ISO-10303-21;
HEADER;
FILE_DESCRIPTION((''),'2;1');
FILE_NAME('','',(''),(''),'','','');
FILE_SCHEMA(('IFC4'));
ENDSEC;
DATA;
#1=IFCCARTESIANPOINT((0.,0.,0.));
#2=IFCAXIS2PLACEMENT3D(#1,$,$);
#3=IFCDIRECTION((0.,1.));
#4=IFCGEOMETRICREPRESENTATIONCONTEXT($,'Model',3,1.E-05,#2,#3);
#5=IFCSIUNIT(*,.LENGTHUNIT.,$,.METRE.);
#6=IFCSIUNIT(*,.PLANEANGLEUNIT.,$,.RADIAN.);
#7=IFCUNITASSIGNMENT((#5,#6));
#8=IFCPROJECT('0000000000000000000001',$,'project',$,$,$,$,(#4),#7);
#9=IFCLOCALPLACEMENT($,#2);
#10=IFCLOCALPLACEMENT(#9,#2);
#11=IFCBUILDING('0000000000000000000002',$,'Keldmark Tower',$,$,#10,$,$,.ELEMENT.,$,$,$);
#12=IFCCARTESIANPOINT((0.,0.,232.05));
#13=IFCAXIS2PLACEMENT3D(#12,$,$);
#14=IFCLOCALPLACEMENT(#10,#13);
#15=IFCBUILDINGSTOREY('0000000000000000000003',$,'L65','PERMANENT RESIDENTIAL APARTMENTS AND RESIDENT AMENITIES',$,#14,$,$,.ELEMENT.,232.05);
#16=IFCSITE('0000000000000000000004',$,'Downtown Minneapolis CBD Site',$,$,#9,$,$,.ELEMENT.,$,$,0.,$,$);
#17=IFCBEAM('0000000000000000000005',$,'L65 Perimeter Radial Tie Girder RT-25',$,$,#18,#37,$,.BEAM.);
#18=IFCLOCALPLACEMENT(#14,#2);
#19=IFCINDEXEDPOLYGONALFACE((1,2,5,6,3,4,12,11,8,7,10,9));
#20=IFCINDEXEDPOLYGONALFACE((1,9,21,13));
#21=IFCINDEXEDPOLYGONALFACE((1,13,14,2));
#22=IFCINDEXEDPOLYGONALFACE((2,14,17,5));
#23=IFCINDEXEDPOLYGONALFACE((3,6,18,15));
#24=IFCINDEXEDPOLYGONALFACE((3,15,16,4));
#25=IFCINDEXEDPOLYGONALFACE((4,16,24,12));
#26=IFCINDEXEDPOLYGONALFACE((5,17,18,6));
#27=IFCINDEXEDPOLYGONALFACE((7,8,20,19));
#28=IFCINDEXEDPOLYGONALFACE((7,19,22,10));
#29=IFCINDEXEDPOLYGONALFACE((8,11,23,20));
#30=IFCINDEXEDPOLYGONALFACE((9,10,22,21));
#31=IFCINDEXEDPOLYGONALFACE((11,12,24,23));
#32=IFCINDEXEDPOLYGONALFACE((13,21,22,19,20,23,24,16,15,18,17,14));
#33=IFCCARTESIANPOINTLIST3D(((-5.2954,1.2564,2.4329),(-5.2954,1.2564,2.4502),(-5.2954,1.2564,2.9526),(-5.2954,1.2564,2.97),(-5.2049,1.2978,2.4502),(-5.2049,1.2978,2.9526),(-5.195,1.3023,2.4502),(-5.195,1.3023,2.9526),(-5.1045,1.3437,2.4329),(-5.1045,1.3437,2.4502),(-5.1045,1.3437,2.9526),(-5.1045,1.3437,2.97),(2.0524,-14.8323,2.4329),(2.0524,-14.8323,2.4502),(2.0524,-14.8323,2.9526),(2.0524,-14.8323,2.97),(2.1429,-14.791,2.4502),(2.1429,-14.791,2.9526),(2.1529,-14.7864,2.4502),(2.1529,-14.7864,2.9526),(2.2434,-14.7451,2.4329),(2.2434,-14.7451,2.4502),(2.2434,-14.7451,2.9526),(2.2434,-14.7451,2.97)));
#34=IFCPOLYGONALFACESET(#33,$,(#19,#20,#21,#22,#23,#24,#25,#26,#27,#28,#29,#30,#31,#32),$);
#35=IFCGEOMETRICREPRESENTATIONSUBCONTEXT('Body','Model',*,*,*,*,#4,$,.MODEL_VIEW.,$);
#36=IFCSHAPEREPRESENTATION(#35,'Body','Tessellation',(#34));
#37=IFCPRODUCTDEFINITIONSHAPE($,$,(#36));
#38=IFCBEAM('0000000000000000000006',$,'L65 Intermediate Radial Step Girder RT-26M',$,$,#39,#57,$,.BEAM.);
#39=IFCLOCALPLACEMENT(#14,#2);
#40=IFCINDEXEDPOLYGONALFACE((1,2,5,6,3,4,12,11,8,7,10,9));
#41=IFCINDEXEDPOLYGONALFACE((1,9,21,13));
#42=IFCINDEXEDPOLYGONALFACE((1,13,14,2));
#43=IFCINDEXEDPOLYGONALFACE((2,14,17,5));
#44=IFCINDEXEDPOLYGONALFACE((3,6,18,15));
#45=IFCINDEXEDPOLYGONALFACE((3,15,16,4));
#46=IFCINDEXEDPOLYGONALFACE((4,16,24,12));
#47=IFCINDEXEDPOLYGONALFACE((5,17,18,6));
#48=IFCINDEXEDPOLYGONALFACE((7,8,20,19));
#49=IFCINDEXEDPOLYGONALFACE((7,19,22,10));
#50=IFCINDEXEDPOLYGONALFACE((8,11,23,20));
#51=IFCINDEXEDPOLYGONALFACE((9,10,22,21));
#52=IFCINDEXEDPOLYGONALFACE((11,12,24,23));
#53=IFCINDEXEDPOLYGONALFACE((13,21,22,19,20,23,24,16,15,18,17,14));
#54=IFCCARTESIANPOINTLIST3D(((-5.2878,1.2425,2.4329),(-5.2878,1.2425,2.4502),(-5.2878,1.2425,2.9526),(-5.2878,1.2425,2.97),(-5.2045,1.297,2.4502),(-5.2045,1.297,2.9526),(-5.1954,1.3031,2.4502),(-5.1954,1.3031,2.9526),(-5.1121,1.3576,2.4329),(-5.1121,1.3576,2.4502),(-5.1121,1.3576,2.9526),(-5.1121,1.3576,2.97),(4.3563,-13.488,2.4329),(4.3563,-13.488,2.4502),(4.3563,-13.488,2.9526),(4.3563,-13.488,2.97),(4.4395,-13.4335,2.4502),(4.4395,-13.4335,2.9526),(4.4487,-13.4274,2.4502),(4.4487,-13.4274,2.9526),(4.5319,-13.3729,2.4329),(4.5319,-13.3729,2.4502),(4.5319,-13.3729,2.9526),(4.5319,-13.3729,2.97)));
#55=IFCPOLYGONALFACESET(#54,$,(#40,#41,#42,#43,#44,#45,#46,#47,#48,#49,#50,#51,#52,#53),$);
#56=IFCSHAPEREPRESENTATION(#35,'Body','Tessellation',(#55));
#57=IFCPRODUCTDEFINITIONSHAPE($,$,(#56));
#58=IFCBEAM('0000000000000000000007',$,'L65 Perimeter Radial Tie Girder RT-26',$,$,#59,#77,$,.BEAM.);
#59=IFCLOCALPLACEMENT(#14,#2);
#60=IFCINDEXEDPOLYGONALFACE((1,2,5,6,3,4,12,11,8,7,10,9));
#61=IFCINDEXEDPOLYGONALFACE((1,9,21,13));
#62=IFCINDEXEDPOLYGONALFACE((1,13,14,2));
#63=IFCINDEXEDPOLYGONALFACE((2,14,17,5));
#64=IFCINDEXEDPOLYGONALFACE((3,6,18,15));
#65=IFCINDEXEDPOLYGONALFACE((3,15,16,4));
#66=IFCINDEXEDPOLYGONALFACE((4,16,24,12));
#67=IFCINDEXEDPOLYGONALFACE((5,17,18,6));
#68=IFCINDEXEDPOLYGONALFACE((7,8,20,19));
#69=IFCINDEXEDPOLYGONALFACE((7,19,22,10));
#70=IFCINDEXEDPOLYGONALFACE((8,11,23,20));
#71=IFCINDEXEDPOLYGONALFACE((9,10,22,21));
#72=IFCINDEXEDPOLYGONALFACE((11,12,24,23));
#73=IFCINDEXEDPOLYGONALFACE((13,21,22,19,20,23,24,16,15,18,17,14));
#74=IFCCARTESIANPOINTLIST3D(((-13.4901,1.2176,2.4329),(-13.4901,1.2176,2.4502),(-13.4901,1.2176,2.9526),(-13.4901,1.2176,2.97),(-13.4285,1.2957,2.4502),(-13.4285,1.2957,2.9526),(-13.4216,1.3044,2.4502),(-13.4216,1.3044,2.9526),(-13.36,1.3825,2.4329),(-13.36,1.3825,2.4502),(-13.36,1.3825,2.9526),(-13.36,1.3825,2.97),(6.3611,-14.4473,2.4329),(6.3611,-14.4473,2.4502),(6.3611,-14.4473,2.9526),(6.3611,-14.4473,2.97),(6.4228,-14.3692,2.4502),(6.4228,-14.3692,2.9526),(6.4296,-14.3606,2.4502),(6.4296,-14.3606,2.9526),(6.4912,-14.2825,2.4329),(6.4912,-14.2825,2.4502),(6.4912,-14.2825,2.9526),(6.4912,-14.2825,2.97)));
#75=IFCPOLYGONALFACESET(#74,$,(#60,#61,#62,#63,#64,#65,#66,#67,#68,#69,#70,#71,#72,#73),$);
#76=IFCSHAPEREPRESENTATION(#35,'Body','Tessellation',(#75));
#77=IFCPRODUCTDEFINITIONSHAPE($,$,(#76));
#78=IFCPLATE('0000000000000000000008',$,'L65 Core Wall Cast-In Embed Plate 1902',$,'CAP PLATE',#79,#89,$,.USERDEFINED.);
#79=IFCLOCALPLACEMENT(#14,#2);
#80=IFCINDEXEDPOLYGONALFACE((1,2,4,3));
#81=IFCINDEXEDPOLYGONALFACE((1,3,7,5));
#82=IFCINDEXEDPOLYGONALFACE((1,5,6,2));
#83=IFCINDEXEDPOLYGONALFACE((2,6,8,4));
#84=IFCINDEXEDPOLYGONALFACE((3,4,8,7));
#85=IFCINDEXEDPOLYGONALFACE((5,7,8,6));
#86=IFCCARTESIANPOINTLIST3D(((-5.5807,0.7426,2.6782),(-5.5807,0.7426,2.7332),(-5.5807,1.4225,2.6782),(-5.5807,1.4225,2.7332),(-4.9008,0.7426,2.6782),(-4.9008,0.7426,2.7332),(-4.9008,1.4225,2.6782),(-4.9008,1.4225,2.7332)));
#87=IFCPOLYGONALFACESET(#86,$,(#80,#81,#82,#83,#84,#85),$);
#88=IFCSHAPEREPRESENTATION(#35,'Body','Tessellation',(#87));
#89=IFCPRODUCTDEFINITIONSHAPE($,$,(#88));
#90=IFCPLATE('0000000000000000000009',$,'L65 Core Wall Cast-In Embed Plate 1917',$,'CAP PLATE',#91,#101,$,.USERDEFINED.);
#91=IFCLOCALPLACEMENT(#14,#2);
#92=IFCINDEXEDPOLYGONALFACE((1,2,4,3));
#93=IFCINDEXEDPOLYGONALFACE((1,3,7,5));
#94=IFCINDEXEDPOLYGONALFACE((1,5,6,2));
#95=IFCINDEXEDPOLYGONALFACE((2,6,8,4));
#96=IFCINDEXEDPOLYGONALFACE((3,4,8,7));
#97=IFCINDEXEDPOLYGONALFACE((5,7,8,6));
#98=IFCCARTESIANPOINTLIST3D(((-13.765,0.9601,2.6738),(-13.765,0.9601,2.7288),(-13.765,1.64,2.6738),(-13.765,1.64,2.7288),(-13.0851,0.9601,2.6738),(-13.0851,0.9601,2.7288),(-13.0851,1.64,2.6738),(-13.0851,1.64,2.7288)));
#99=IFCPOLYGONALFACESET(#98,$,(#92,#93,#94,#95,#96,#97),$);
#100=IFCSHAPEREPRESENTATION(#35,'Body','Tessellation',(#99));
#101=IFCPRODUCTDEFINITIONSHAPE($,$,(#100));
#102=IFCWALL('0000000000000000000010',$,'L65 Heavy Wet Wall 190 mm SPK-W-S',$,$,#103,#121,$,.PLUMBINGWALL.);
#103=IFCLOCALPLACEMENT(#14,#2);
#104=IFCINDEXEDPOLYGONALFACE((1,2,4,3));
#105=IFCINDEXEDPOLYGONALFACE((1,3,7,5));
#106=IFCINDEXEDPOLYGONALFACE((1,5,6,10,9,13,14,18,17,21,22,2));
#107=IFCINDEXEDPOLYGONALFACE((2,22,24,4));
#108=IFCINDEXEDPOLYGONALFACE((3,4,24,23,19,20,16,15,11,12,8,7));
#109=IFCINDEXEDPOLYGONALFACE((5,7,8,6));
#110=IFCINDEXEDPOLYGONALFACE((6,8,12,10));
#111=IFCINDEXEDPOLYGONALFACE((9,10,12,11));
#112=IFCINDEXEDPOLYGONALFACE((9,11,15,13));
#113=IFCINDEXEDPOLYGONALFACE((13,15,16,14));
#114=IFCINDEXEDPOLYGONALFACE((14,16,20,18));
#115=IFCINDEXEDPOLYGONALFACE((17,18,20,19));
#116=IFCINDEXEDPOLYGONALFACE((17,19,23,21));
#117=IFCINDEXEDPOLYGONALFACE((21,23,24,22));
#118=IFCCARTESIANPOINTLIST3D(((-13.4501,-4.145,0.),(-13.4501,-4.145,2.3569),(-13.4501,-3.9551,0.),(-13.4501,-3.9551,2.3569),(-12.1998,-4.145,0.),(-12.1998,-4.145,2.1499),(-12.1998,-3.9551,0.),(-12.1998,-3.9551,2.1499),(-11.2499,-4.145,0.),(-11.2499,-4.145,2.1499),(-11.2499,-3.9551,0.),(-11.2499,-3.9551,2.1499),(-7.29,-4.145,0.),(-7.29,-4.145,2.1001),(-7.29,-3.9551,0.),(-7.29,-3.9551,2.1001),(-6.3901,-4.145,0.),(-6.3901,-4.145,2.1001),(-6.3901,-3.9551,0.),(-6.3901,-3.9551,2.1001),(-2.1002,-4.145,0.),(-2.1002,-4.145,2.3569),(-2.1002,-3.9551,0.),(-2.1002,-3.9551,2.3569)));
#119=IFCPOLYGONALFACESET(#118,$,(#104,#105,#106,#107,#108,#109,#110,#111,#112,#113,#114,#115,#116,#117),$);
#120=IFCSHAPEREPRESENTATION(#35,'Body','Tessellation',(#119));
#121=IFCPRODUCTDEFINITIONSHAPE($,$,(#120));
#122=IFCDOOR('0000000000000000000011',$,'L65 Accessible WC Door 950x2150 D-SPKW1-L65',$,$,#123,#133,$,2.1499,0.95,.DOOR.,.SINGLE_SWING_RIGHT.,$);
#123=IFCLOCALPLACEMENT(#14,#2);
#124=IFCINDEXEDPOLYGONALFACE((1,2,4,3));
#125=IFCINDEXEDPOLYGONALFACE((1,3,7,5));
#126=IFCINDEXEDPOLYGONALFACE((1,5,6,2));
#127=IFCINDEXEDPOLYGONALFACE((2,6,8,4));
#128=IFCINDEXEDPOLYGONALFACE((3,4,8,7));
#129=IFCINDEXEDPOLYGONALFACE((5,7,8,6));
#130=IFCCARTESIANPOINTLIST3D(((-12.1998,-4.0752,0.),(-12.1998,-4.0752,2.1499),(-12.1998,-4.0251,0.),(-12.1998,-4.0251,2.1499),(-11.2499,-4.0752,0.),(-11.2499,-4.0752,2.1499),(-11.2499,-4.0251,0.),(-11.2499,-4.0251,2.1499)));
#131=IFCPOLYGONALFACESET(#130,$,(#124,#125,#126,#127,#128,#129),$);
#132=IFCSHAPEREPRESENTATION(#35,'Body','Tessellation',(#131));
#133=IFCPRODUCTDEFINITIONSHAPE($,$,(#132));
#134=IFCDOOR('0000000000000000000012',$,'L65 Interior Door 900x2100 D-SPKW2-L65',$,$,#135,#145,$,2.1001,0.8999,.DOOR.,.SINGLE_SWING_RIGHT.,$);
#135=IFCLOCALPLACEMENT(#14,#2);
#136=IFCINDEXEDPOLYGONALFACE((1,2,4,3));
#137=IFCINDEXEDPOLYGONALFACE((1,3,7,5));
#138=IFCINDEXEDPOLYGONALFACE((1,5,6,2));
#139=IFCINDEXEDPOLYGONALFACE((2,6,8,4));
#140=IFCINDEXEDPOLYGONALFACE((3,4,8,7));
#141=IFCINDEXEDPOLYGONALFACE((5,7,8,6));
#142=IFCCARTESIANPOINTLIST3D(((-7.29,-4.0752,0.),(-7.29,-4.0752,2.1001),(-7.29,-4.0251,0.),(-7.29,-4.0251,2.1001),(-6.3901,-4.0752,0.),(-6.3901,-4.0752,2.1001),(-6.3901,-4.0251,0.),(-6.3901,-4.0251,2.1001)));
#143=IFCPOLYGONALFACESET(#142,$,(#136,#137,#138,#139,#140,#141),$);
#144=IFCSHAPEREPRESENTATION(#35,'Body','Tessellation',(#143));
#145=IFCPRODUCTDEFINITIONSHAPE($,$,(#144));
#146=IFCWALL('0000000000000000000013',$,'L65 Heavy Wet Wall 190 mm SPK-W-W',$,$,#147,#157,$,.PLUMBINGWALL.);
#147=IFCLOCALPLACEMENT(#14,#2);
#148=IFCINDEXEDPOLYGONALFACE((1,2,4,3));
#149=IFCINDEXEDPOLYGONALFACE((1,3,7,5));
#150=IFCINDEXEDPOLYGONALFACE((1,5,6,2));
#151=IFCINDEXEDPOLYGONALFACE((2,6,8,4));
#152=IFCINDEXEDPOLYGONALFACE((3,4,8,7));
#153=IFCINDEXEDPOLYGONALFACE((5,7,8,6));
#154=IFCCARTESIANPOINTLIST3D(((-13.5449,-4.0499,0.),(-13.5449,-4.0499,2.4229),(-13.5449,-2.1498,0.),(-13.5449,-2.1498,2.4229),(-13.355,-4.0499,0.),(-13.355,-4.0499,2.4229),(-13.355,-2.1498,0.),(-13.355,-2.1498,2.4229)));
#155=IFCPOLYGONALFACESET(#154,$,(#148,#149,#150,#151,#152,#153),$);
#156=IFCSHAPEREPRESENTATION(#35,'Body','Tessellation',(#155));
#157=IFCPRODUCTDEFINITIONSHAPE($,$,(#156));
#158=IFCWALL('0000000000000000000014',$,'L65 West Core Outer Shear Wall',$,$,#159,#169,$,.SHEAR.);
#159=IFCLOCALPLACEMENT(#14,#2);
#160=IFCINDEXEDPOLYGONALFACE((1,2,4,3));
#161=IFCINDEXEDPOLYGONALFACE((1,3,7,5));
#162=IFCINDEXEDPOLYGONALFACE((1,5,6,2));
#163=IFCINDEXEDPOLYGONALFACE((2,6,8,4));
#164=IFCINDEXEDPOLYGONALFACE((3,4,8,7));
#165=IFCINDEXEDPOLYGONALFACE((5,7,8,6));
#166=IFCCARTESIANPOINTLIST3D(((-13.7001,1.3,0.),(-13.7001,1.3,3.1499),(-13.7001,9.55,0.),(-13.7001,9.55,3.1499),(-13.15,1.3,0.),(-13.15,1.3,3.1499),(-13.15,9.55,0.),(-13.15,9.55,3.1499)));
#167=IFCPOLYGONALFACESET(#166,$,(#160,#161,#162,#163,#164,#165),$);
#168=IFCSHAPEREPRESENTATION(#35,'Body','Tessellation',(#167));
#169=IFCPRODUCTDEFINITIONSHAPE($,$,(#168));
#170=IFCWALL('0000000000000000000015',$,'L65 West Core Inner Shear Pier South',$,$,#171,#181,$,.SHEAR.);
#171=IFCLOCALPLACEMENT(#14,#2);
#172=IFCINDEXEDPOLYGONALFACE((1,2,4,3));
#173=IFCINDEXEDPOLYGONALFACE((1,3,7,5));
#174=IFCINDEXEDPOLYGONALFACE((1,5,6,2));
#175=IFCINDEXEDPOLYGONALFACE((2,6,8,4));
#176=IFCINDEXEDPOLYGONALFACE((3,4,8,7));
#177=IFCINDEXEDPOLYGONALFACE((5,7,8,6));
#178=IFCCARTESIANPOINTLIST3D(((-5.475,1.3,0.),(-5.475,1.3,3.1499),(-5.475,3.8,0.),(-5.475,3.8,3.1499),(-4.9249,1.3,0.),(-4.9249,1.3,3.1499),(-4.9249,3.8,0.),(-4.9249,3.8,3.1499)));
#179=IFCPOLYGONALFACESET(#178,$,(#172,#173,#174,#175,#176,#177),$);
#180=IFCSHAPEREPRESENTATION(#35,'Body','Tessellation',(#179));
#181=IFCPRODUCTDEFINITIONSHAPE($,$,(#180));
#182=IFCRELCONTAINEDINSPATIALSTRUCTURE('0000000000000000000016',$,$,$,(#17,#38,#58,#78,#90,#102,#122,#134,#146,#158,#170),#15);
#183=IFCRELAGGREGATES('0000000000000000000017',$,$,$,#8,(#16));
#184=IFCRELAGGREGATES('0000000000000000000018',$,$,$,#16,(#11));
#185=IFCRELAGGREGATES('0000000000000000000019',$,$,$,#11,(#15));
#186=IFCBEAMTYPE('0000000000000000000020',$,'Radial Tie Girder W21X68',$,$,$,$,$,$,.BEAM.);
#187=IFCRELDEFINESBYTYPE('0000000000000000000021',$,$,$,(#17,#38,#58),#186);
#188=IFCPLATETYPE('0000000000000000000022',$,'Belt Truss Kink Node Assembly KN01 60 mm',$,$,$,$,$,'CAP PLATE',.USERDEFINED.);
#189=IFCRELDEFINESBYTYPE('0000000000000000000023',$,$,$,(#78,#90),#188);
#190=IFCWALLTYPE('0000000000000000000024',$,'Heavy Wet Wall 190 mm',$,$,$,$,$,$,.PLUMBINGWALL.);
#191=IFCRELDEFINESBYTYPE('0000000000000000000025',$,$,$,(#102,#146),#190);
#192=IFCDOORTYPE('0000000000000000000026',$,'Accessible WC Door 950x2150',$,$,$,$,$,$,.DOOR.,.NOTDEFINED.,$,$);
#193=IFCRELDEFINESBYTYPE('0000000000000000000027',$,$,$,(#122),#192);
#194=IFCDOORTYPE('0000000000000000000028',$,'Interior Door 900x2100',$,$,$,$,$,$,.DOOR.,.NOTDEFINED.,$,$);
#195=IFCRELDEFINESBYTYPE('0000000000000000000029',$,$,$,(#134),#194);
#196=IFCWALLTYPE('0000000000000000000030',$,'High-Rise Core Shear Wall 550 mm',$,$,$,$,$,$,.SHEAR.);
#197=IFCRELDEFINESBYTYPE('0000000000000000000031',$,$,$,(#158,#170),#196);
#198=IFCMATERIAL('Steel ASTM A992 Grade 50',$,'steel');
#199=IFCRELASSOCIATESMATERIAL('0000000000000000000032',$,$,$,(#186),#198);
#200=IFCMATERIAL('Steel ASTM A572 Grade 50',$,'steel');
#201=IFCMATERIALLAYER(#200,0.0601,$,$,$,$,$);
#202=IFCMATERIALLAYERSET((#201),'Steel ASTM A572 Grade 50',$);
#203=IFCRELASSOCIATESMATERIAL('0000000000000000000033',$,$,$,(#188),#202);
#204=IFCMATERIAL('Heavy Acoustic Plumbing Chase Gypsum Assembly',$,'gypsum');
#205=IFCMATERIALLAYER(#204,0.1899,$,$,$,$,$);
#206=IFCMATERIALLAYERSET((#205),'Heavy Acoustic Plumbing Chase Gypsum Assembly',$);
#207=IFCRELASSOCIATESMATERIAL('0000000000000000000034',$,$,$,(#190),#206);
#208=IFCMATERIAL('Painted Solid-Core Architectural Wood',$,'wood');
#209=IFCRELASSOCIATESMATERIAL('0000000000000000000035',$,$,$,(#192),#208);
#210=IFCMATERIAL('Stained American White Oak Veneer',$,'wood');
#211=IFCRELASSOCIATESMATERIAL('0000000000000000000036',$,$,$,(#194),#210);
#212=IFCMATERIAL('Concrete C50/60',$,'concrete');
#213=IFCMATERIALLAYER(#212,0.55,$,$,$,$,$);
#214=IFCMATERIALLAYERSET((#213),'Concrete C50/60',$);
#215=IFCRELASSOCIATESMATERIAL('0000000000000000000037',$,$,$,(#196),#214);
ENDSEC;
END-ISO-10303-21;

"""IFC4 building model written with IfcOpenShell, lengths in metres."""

from ifc_helpers import new_model, si_unit, direction, frame, frame_2d, origin, origin_2d, place, context, subcontext, project, spatial, rectangle, i_section, extrude, material, layer, layer_set, material_profile, profile_set, type_object, element, fill, save


model = new_model("IFC4")

# Units and contexts
model_context = context("Model", 3, precision=1e-05, world=origin(), true_north=direction((0.0, 1.0)))
body_context = subcontext(model_context, "Body", "Model", "MODEL_VIEW")
ifc_project = project(units=[si_unit("LENGTHUNIT", "METRE"), si_unit("PLANEANGLEUNIT", "RADIAN")], contexts=[model_context])

# Site, building, storey
site_placement = place(None, origin())
site = spatial("IfcSite", under=ifc_project, at=site_placement, Name="Downtown Minneapolis CBD Site", CompositionType="ELEMENT", RefElevation=0.0)
building_placement = place(site_placement, origin())
building = spatial("IfcBuilding", under=site, at=building_placement, Name="Keldmark Tower", CompositionType="ELEMENT")
storey_placement = place(building_placement, frame((0.0, 0.0, 232.05)))
storey = spatial("IfcBuildingStorey", under=building, at=storey_placement, Name="L65", Description="PERMANENT RESIDENTIAL APARTMENTS AND RESIDENT AMENITIES", CompositionType="ELEMENT", Elevation=232.05)

# Beams
ifc_material_1 = material(Name="Steel ASTM A992 Grade 50", Category="steel")
ifc_material_profile_1 = material_profile(ifc_material_1, i_section(OverallWidth=0.21, OverallDepth=0.5371, WebThickness=0.011, FlangeThickness=0.0173, at=origin_2d()), Name="W21X68")
ifc_profile_set_1 = profile_set([ifc_material_profile_1], Name="Steel ASTM A992 Grade 50")
beam_type_1 = type_object("IfcBeamType", Name="Radial Tie Girder W21X68", PredefinedType="BEAM", material=ifc_profile_set_1)
beam_1_placement = place(storey_placement, frame((-5.2, 1.3, 2.7014), z_axis=(0.415432, -0.909624, 0.0), x_axis=(0.909624, 0.415432, 0.0)))
element("IfcBeam", 1, at=beam_1_placement, inside=storey, type_object=beam_type_1, Name="L65 Perimeter Radial Tie Girder RT-25", PredefinedType="BEAM", context=body_context, shape_type="SweptSolid", body=[
    extrude(i_section(OverallWidth=0.21, OverallDepth=0.5371, WebThickness=0.011, FlangeThickness=0.0173, at=origin_2d()), origin(), (0.0, 0.0, 1.0), 17.6873),
])
beam_2_placement = place(storey_placement, frame((-5.2, 1.3, 2.7014), z_axis=(0.54775, -0.836642, 0.0), x_axis=(0.836642, 0.54775, 0.0)))
element("IfcBeam", 2, at=beam_2_placement, inside=storey, type_object=beam_type_1, Name="L65 Intermediate Radial Step Girder RT-26M", PredefinedType="BEAM", context=body_context, shape_type="SweptSolid", body=[
    extrude(i_section(OverallWidth=0.21, OverallDepth=0.5371, WebThickness=0.011, FlangeThickness=0.0173, at=origin_2d()), origin(), (0.0, 0.0, 1.0), 17.6067),
])
beam_3_placement = place(storey_placement, frame((-13.425, 1.3, 2.7014), z_axis=(0.785018, -0.619472, 0.0), x_axis=(0.619472, 0.785018, 0.0)))
element("IfcBeam", 3, at=beam_3_placement, inside=storey, type_object=beam_type_1, Name="L65 Perimeter Radial Tie Girder RT-26", PredefinedType="BEAM", context=body_context, shape_type="SweptSolid", body=[
    extrude(i_section(OverallWidth=0.21, OverallDepth=0.5371, WebThickness=0.011, FlangeThickness=0.0173, at=origin_2d()), origin(), (0.0, 0.0, 1.0), 25.2876),
])

# Plates
ifc_material_2 = material(Name="Steel ASTM A572 Grade 50", Category="steel")
ifc_layer_1 = layer(ifc_material_2, 0.0601)
ifc_layer_set_1 = layer_set([ifc_layer_1], Name="Steel ASTM A572 Grade 50")
plate_type = type_object("IfcPlateType", Name="Belt Truss Kink Node Assembly KN01 60 mm", ElementType="CAP PLATE", PredefinedType="USERDEFINED", material=ifc_layer_set_1)
for number, where, z_axis, x_axis, name in (
    (4, (-5.2407, 1.0825, 2.6782), (0.0, 0.0, 1.0), (1.0, 0.0, 0.0), "L65 Core Wall Cast-In Embed Plate 1902"),
    (5, (-13.425, 1.3, 2.6738), (0.0, 0.0, 1.0), (1.0, 0.0, 0.0), "L65 Core Wall Cast-In Embed Plate 1917"),
):
    element("IfcPlate", number, at=place(storey_placement, frame(where, z_axis=z_axis, x_axis=x_axis)), inside=storey, type_object=plate_type, Name=name, ObjectType="CAP PLATE", PredefinedType="USERDEFINED", context=body_context, shape_type="SweptSolid", body=[
        extrude(rectangle(XDim=0.6799, YDim=0.6799, at=origin_2d()), origin(), (0.0, 0.0, 1.0), 0.0549),
    ])

# Wall, openings, doors
ifc_material_3 = material(Name="Heavy Acoustic Plumbing Chase Gypsum Assembly", Category="gypsum")
ifc_layer_2 = layer(ifc_material_3, 0.1899)
ifc_layer_set_2 = layer_set([ifc_layer_2], Name="Heavy Acoustic Plumbing Chase Gypsum Assembly")
wall_type_1 = type_object("IfcWallType", Name="Heavy Wet Wall 190 mm", PredefinedType="PLUMBINGWALL", material=ifc_layer_set_2)
wall_1_placement = place(storey_placement, frame((-13.45, -4.05, 0.0), z_axis=(0.0, 0.0, 1.0), x_axis=(1.0, 0.0, 0.0)))
wall_1 = element("IfcWall", 6, at=wall_1_placement, inside=storey, type_object=wall_type_1, Name="L65 Heavy Wet Wall 190 mm SPK-W-S", PredefinedType="PLUMBINGWALL", context=body_context, shape_type="SweptSolid", body=[
    extrude(rectangle(XDim=11.3499, YDim=0.1899, at=frame_2d((5.6748, 0.0))), origin(), (0.0, 0.0, 1.0), 2.3569),
])
opening_1_placement = place(wall_1_placement, frame((1.25, 0.0, 0.0)))
opening_1 = element("IfcOpeningElement", 7, at=opening_1_placement, cuts=wall_1, PredefinedType="OPENING", context=body_context, shape_type="SweptSolid", body=[
    extrude(rectangle(XDim=0.95, YDim=2.1499, at=frame_2d((0.4751, 1.075))), frame((0.0, 0.105, 0.0), z_axis=(0.0, -1.0, 0.0), x_axis=(1.0, 0.0, 0.0)), (0.0, 0.0, 1.0), 0.21),
])
opening_2_placement = place(wall_1_placement, frame((6.1599, 0.0, 0.0)))
opening_2 = element("IfcOpeningElement", 8, at=opening_2_placement, cuts=wall_1, PredefinedType="OPENING", context=body_context, shape_type="SweptSolid", body=[
    extrude(rectangle(XDim=0.8999, YDim=2.1001, at=frame_2d((0.45, 1.05))), frame((0.0, 0.105, 0.0), z_axis=(0.0, -1.0, 0.0), x_axis=(1.0, 0.0, 0.0)), (0.0, 0.0, 1.0), 0.21),
])
ifc_material_4 = material(Name="Painted Solid-Core Architectural Wood", Category="wood")
door_type_1 = type_object("IfcDoorType", Name="Accessible WC Door 950x2150", OperationType="NOTDEFINED", PredefinedType="DOOR", material=ifc_material_4)
door_1_placement = place(opening_1_placement, origin())
door_1 = element("IfcDoor", 9, at=door_1_placement, inside=storey, type_object=door_type_1, Name="L65 Accessible WC Door 950x2150 D-SPKW1-L65", OperationType="SINGLE_SWING_RIGHT", OverallHeight=2.1499, OverallWidth=0.95, PredefinedType="DOOR", context=body_context, shape_type="SweptSolid", body=[
    extrude(rectangle(XDim=0.95, YDim=2.1499, at=frame_2d((0.4751, 1.075))), frame((0.0, 0.0249, 0.0), z_axis=(0.0, -1.0, 0.0), x_axis=(1.0, 0.0, 0.0)), (0.0, 0.0, 1.0), 0.05),
])
fill(opening_1, door_1)
ifc_material_5 = material(Name="Stained American White Oak Veneer", Category="wood")
door_type_2 = type_object("IfcDoorType", Name="Interior Door 900x2100", OperationType="NOTDEFINED", PredefinedType="DOOR", material=ifc_material_5)
door_2_placement = place(opening_2_placement, origin())
door_2 = element("IfcDoor", 10, at=door_2_placement, inside=storey, type_object=door_type_2, Name="L65 Interior Door 900x2100 D-SPKW2-L65", OperationType="SINGLE_SWING_RIGHT", OverallHeight=2.1001, OverallWidth=0.8999, PredefinedType="DOOR", context=body_context, shape_type="SweptSolid", body=[
    extrude(rectangle(XDim=0.8999, YDim=2.1001, at=frame_2d((0.45, 1.05))), frame((0.0, 0.0249, 0.0), z_axis=(0.0, -1.0, 0.0), x_axis=(1.0, 0.0, 0.0)), (0.0, 0.0, 1.0), 0.05),
])
fill(opening_2, door_2)

# Walls
wall_2_placement = place(storey_placement, frame((-13.45, -4.05, 0.0), z_axis=(0.0, 0.0, 1.0), x_axis=(0.0, 1.0, 0.0)))
element("IfcWall", 11, at=wall_2_placement, inside=storey, type_object=wall_type_1, Name="L65 Heavy Wet Wall 190 mm SPK-W-W", PredefinedType="PLUMBINGWALL", context=body_context, shape_type="SweptSolid", body=[
    extrude(rectangle(XDim=1.9001, YDim=0.1899, at=frame_2d((0.9502, 0.0))), origin(), (0.0, 0.0, 1.0), 2.4229),
])
ifc_material_6 = material(Name="Concrete C50/60", Category="concrete")
ifc_layer_3 = layer(ifc_material_6, 0.55)
ifc_layer_set_3 = layer_set([ifc_layer_3], Name="Concrete C50/60")
wall_type_2 = type_object("IfcWallType", Name="High-Rise Core Shear Wall 550 mm", PredefinedType="SHEAR", material=ifc_layer_set_3)
wall_3_placement = place(storey_placement, frame((-13.425, 1.3, 0.0), z_axis=(0.0, 0.0, 1.0), x_axis=(0.0, 1.0, 0.0)))
element("IfcWall", 12, at=wall_3_placement, inside=storey, type_object=wall_type_2, Name="L65 West Core Outer Shear Wall", PredefinedType="SHEAR", context=body_context, shape_type="SweptSolid", body=[
    extrude(rectangle(XDim=8.25, YDim=0.55, at=frame_2d((4.125, 0.0))), origin(), (0.0, 0.0, 1.0), 3.1499),
])
wall_4_placement = place(storey_placement, frame((-5.2, 1.3, 0.0), z_axis=(0.0, 0.0, 1.0), x_axis=(0.0, 1.0, 0.0)))
element("IfcWall", 13, at=wall_4_placement, inside=storey, type_object=wall_type_2, Name="L65 West Core Inner Shear Pier South", PredefinedType="SHEAR", context=body_context, shape_type="SweptSolid", body=[
    extrude(rectangle(XDim=2.5, YDim=0.55, at=frame_2d((1.25, 0.0))), origin(), (0.0, 0.0, 1.0), 3.1499),
])

save(model, "model.ifc")
